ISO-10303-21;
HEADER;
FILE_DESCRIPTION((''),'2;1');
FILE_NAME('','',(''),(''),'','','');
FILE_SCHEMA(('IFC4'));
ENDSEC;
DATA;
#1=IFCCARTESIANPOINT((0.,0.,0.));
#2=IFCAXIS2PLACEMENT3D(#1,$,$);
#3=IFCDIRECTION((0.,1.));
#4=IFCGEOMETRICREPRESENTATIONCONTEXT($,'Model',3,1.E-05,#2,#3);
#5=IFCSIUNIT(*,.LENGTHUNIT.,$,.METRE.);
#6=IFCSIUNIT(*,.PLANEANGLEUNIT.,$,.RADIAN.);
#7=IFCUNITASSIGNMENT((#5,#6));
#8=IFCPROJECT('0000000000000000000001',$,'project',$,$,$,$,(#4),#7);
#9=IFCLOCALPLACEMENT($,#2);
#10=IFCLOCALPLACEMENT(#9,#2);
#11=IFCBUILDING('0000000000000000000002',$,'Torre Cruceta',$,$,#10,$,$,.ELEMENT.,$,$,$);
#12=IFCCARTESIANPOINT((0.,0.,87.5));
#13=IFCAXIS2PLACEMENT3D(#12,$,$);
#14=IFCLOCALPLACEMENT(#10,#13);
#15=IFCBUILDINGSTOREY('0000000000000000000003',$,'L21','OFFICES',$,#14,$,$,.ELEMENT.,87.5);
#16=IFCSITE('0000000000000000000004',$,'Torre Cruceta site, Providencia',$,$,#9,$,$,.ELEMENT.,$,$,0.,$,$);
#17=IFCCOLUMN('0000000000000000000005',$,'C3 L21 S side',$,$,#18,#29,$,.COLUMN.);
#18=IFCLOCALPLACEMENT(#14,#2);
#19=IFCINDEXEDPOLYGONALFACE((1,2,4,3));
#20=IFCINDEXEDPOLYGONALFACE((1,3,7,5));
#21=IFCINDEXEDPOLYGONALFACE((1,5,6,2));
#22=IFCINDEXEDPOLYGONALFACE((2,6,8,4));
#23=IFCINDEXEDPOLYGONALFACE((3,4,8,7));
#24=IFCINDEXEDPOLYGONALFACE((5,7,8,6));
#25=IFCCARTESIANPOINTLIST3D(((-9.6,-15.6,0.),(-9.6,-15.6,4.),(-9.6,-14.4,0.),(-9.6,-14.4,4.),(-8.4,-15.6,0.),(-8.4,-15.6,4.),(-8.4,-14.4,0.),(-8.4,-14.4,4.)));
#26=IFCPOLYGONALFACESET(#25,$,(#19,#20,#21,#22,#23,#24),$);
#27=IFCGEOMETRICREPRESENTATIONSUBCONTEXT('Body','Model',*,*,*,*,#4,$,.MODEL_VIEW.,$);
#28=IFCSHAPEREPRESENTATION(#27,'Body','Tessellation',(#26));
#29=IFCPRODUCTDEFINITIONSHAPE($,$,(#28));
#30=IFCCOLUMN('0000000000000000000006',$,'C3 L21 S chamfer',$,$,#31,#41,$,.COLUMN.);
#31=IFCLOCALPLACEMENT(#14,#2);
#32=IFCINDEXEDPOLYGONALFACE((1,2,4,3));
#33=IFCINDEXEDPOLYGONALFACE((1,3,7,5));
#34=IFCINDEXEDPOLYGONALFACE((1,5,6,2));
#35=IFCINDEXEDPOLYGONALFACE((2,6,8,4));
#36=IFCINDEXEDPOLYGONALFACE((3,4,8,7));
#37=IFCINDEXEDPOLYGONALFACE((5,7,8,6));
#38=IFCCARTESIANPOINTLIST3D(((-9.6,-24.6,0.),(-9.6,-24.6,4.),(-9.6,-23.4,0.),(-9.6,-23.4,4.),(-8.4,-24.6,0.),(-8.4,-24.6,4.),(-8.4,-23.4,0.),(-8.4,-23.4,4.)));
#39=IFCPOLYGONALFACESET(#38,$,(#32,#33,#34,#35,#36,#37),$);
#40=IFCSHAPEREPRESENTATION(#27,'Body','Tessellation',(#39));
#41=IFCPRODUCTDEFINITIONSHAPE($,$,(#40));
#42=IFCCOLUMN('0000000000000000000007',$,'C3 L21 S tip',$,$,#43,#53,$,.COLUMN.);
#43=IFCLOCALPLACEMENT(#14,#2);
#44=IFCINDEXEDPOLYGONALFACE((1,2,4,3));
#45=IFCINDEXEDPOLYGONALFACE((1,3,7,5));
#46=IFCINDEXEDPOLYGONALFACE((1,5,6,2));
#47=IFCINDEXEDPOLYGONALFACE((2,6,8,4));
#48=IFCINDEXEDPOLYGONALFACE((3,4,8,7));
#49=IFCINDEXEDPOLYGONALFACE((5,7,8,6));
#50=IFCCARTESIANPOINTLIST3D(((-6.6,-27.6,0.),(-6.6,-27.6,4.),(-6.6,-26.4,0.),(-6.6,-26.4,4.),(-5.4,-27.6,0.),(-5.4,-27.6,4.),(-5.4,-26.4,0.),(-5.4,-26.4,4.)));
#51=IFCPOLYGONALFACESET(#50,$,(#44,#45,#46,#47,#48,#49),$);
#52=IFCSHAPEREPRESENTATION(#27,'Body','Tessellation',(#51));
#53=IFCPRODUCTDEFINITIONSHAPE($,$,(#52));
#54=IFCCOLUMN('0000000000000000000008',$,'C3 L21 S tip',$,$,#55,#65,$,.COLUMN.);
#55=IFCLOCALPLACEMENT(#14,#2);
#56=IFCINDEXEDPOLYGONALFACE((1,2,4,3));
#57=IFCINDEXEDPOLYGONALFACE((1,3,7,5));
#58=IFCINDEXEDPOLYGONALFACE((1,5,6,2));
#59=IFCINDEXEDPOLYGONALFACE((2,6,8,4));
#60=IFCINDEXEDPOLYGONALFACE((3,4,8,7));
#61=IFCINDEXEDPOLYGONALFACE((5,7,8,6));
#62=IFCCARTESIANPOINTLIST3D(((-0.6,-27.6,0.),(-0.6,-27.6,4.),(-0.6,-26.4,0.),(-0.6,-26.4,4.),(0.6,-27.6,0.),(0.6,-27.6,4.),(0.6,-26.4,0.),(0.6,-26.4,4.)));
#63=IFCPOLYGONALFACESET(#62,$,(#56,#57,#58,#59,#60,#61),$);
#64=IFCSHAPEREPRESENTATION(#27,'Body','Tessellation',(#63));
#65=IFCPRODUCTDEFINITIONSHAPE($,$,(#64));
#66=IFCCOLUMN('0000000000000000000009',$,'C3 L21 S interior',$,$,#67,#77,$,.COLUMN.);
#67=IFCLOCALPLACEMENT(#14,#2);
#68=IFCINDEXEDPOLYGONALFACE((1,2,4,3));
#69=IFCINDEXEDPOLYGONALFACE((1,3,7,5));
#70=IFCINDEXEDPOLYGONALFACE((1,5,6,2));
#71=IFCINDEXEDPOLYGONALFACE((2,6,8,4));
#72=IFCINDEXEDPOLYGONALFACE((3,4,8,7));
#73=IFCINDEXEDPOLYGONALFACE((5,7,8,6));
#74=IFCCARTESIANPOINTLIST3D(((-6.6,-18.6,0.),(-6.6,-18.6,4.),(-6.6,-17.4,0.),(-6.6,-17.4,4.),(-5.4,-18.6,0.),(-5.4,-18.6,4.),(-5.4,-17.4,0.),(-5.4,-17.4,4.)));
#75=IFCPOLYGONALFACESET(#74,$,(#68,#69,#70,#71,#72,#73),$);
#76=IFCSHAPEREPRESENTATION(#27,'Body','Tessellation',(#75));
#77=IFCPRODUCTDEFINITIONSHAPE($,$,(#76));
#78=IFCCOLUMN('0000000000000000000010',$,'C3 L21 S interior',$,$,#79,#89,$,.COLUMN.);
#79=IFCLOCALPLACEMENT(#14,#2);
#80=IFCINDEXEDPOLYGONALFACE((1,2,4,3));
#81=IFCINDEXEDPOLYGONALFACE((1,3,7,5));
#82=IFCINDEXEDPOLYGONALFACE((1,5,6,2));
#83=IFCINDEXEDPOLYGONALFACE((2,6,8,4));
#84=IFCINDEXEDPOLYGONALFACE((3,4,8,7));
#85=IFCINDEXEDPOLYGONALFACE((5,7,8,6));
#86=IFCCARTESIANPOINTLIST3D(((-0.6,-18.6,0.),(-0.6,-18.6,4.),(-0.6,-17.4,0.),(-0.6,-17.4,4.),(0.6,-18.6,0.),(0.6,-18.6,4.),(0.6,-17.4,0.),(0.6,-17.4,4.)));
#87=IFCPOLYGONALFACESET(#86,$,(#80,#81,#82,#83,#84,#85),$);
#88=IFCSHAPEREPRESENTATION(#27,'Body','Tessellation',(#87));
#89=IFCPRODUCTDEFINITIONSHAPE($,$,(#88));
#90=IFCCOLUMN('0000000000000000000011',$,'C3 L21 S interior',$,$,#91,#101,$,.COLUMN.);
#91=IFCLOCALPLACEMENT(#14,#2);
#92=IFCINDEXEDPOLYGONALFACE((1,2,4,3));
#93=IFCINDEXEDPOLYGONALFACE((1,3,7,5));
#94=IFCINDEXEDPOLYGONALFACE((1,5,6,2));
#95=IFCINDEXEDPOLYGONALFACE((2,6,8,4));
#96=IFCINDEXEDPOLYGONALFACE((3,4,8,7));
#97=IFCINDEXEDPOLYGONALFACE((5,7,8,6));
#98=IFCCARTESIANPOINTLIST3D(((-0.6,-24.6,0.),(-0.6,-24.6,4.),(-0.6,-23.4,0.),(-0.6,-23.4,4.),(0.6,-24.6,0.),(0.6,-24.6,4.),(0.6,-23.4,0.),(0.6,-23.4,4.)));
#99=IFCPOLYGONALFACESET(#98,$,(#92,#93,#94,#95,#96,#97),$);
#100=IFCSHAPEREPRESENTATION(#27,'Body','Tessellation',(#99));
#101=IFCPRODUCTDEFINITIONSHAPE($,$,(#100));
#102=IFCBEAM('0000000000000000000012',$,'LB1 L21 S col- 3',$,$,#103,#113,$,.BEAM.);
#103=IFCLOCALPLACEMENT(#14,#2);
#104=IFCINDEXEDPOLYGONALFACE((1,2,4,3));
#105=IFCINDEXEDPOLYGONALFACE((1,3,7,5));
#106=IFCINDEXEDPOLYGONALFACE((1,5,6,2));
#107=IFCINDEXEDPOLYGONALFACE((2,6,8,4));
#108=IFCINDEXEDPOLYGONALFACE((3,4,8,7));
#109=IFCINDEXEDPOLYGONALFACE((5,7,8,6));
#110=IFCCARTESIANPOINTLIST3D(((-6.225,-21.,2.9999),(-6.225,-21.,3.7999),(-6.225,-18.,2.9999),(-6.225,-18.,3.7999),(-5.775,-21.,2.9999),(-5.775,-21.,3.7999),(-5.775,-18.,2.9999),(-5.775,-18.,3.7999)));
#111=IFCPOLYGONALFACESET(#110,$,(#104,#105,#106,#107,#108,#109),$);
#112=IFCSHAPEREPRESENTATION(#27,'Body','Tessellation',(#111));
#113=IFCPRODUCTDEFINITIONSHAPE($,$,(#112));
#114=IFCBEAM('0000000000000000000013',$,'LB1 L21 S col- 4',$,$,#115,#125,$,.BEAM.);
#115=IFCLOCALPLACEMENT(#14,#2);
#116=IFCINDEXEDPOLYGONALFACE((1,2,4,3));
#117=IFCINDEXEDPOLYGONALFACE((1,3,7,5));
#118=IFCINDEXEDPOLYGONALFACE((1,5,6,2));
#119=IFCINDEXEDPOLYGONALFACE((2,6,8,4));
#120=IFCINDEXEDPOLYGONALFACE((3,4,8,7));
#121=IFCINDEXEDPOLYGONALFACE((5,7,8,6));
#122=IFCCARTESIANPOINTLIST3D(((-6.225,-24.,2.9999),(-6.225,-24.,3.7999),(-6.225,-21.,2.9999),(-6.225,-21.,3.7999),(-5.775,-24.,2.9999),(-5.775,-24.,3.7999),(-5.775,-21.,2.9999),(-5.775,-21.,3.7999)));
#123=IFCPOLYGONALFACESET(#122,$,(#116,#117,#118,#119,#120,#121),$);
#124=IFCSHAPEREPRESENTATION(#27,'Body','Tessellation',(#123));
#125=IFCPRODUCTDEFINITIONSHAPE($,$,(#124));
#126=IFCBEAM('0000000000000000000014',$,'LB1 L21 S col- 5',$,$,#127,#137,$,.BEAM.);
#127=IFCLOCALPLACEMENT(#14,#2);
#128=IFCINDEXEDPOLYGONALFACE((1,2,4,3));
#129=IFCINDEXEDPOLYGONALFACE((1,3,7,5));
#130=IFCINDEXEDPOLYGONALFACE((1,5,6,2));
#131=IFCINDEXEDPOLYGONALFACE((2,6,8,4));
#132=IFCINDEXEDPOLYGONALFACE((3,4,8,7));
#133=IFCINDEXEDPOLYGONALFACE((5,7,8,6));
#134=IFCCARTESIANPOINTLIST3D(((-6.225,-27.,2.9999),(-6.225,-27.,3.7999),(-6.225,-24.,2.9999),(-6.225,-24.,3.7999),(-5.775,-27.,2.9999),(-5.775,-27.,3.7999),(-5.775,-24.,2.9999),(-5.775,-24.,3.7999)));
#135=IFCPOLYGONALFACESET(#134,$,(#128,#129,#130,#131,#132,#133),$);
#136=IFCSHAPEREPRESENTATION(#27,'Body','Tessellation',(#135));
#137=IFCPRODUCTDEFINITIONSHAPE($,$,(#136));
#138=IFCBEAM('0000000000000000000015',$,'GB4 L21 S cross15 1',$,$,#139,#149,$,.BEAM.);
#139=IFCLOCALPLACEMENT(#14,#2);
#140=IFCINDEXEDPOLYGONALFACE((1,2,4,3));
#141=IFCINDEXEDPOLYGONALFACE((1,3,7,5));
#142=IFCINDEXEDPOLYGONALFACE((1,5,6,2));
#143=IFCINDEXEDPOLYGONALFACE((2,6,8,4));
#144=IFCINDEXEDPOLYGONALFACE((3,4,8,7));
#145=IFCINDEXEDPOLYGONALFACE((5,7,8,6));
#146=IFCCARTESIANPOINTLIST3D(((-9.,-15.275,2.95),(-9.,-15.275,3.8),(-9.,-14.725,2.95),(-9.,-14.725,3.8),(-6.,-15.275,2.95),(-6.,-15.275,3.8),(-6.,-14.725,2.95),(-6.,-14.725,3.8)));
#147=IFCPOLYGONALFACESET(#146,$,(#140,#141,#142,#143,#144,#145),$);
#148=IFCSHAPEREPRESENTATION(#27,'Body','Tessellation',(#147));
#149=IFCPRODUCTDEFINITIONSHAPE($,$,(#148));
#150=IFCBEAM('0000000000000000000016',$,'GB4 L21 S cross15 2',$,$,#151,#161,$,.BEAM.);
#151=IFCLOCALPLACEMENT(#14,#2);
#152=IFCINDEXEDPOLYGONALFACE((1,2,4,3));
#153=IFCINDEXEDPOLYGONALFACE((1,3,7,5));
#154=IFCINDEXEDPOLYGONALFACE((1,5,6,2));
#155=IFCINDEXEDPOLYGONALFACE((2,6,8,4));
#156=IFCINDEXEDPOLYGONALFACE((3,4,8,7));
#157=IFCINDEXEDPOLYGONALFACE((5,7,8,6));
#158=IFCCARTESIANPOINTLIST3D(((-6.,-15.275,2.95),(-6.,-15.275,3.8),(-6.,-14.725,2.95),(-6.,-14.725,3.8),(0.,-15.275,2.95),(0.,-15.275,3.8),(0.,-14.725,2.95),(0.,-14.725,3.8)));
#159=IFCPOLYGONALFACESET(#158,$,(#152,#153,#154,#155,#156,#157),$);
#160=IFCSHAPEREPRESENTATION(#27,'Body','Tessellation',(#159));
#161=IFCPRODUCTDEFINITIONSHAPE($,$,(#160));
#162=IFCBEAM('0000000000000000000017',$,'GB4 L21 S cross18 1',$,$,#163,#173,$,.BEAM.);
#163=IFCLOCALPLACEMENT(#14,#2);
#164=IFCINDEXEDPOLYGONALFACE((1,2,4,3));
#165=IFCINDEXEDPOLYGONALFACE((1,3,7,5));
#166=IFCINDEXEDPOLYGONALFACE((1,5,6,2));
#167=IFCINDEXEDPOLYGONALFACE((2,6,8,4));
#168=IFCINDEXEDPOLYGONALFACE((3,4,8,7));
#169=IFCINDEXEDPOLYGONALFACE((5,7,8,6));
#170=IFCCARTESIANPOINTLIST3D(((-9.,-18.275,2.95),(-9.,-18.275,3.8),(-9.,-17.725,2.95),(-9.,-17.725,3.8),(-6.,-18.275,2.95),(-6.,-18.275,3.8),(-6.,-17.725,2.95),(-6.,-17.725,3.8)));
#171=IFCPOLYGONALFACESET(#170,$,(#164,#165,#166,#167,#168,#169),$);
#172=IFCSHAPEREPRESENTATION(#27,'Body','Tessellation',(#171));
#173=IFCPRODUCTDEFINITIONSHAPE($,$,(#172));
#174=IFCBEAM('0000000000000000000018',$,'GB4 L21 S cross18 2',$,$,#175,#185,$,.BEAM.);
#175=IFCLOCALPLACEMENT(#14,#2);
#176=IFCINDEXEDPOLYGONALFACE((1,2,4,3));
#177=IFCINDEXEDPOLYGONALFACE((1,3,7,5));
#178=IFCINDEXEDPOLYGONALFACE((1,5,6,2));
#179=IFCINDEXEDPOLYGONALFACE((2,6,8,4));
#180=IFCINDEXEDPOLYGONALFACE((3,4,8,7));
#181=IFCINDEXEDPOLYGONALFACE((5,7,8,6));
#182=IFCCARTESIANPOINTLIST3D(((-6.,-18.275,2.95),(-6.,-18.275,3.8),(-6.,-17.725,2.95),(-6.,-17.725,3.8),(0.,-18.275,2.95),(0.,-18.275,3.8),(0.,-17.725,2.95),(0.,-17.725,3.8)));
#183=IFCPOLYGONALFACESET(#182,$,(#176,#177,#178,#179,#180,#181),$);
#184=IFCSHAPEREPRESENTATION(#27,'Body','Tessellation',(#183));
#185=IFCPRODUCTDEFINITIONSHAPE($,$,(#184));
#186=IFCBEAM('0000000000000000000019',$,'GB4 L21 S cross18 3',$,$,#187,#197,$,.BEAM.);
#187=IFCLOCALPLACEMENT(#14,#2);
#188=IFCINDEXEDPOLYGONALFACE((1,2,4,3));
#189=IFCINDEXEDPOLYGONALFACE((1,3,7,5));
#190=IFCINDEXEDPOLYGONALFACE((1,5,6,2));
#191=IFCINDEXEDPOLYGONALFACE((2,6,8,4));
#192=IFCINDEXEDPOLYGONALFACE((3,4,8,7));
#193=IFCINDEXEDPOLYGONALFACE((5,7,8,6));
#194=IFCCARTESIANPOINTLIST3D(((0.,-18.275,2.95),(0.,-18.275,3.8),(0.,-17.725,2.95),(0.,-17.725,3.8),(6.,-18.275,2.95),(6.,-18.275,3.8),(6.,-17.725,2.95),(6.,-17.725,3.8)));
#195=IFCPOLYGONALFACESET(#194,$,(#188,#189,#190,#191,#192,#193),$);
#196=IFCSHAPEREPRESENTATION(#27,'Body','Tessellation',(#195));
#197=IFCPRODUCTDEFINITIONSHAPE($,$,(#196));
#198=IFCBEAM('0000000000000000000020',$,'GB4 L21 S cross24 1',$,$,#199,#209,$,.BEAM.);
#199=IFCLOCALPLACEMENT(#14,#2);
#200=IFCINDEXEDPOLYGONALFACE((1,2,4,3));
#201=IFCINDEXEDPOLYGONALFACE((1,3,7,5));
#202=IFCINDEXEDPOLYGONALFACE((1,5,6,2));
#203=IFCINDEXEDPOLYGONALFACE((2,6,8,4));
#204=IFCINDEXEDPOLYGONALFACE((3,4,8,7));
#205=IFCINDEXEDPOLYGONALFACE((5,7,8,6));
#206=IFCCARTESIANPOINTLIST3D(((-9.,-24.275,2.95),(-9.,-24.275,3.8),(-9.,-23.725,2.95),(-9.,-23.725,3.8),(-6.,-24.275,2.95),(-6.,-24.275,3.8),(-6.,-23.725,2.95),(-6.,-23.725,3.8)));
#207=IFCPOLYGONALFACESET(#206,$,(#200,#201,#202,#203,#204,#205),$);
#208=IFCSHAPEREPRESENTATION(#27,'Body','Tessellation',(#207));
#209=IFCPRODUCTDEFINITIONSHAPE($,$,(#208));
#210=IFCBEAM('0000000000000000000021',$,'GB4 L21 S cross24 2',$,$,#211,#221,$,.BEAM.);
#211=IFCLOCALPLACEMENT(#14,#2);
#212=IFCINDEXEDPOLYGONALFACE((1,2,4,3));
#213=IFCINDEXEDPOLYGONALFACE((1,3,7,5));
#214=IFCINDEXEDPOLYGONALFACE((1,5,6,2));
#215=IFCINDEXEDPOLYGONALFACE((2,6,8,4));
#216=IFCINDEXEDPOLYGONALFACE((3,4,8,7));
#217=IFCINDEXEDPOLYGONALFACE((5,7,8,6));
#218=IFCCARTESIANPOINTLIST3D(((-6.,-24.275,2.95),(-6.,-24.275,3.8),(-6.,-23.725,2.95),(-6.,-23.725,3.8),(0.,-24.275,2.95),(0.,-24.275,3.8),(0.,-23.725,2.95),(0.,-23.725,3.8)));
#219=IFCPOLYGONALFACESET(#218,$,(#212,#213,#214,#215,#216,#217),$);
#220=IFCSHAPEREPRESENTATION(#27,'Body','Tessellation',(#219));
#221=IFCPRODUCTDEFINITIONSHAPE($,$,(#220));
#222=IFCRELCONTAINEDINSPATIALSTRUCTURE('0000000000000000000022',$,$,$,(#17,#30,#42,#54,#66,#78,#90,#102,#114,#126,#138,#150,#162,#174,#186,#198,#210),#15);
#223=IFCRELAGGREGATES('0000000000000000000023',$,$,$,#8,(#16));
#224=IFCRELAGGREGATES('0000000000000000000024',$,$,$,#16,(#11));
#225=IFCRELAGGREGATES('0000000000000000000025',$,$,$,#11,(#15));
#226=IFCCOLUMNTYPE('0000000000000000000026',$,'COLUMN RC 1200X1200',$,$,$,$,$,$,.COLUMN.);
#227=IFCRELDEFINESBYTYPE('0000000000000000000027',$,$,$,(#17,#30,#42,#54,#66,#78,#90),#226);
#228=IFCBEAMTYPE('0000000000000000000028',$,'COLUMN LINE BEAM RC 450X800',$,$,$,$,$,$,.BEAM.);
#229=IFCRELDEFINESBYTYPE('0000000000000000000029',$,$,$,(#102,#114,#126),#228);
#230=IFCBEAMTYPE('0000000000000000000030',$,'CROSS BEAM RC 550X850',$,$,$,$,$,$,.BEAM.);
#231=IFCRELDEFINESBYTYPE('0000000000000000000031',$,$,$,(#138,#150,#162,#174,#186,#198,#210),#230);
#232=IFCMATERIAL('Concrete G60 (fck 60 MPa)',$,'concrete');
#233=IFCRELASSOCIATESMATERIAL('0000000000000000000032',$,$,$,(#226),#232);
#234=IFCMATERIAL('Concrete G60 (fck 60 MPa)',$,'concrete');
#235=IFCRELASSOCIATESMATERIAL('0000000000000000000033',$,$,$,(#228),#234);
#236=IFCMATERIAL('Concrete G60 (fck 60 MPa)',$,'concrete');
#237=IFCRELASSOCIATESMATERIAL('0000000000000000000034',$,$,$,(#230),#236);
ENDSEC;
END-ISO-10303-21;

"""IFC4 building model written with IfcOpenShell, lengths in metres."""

from ifc_helpers import new_model, si_unit, direction, frame, origin, origin_2d, place, context, subcontext, project, spatial, rectangle, extrude, material, material_profile, profile_set, type_object, element, save


model = new_model("IFC4")

# Units and contexts
model_context = context("Model", 3, precision=1e-05, world=origin(), true_north=direction((0.0, 1.0)))
body_context = subcontext(model_context, "Body", "Model", "MODEL_VIEW")
ifc_project = project(units=[si_unit("LENGTHUNIT", "METRE"), si_unit("PLANEANGLEUNIT", "RADIAN")], contexts=[model_context])

# Site, building, storey
site_placement = place(None, origin())
site = spatial("IfcSite", under=ifc_project, at=site_placement, Name="Torre Cruceta site, Providencia", CompositionType="ELEMENT", RefElevation=0.0)
building_placement = place(site_placement, origin())
building = spatial("IfcBuilding", under=site, at=building_placement, Name="Torre Cruceta", CompositionType="ELEMENT")
storey_placement = place(building_placement, frame((0.0, 0.0, 87.5)))
storey = spatial("IfcBuildingStorey", under=building, at=storey_placement, Name="L21", Description="OFFICES", CompositionType="ELEMENT", Elevation=87.5)

# Columns
ifc_material_1 = material(Name="Concrete G60 (fck 60 MPa)", Category="concrete")
ifc_material_profile_1 = material_profile(ifc_material_1, rectangle(XDim=1.2, YDim=1.2, at=origin_2d()), Name="RC 1200X1200")
ifc_profile_set_1 = profile_set([ifc_material_profile_1], Name="Concrete G60 (fck 60 MPa)")
column_type = type_object("IfcColumnType", Name="COLUMN RC 1200X1200", PredefinedType="COLUMN", material=ifc_profile_set_1)
for number, where, z_axis, x_axis, name in (
    (1, (-9.0, -15.0, 0.0), (0.0, 0.0, 1.0), (1.0, 0.0, 0.0), "C3 L21 S side"),
    (2, (-9.0, -24.0, 0.0), (0.0, 0.0, 1.0), (1.0, 0.0, 0.0), "C3 L21 S chamfer"),
    (3, (-6.0, -27.0, 0.0), (0.0, 0.0, 1.0), (1.0, 0.0, 0.0), "C3 L21 S tip"),
    (4, (0.0, -27.0, 0.0), (0.0, 0.0, 1.0), (1.0, 0.0, 0.0), "C3 L21 S tip"),
    (5, (-6.0, -18.0, 0.0), (0.0, 0.0, 1.0), (1.0, 0.0, 0.0), "C3 L21 S interior"),
    (6, (0.0, -18.0, 0.0), (0.0, 0.0, 1.0), (1.0, 0.0, 0.0), "C3 L21 S interior"),
    (7, (0.0, -24.0, 0.0), (0.0, 0.0, 1.0), (1.0, 0.0, 0.0), "C3 L21 S interior"),
):
    element("IfcColumn", number, at=place(storey_placement, frame(where, z_axis=z_axis, x_axis=x_axis)), inside=storey, type_object=column_type, Name=name, PredefinedType="COLUMN", context=body_context, shape_type="SweptSolid", body=[
        extrude(rectangle(XDim=1.2, YDim=1.2, at=origin_2d()), origin(), (0.0, 0.0, 1.0), 4.0),
    ])

# Beams
ifc_material_2 = material(Name="Concrete G60 (fck 60 MPa)", Category="concrete")
ifc_material_profile_2 = material_profile(ifc_material_2, rectangle(XDim=0.45, YDim=0.8, at=origin_2d()), Name="RC 450X800")
ifc_profile_set_2 = profile_set([ifc_material_profile_2], Name="Concrete G60 (fck 60 MPa)")
beam_type_1 = type_object("IfcBeamType", Name="COLUMN LINE BEAM RC 450X800", PredefinedType="BEAM", material=ifc_profile_set_2)
for number, where, z_axis, x_axis, name in (
    (8, (-6.0, -18.0, 3.3999), (0.0, -1.0, 0.0), (1.0, 0.0, 0.0), "LB1 L21 S col- 3"),
    (9, (-6.0, -21.0, 3.3999), (0.0, -1.0, 0.0), (1.0, 0.0, 0.0), "LB1 L21 S col- 4"),
    (10, (-6.0, -24.0, 3.3999), (0.0, -1.0, 0.0), (1.0, 0.0, 0.0), "LB1 L21 S col- 5"),
):
    element("IfcBeam", number, at=place(storey_placement, frame(where, z_axis=z_axis, x_axis=x_axis)), inside=storey, type_object=beam_type_1, Name=name, PredefinedType="BEAM", context=body_context, shape_type="SweptSolid", body=[
        extrude(rectangle(XDim=0.45, YDim=0.8, at=origin_2d()), origin(), (0.0, 0.0, 1.0), 3.0),
    ])
ifc_material_3 = material(Name="Concrete G60 (fck 60 MPa)", Category="concrete")
ifc_material_profile_3 = material_profile(ifc_material_3, rectangle(XDim=0.55, YDim=0.8501, at=origin_2d()), Name="RC 550X850")
ifc_profile_set_3 = profile_set([ifc_material_profile_3], Name="Concrete G60 (fck 60 MPa)")
beam_type_2 = type_object("IfcBeamType", Name="CROSS BEAM RC 550X850", PredefinedType="BEAM", material=ifc_profile_set_3)
beam_1_placement = place(storey_placement, frame((-9.0, -15.0, 3.375), z_axis=(1.0, 0.0, 0.0), x_axis=(0.0, 1.0, 0.0)))
element("IfcBeam", 11, at=beam_1_placement, inside=storey, type_object=beam_type_2, Name="GB4 L21 S cross15 1", PredefinedType="BEAM", context=body_context, shape_type="SweptSolid", body=[
    extrude(rectangle(XDim=0.55, YDim=0.8501, at=origin_2d()), origin(), (0.0, 0.0, 1.0), 3.0),
])
beam_2_placement = place(storey_placement, frame((-6.0, -15.0, 3.375), z_axis=(1.0, 0.0, 0.0), x_axis=(0.0, 1.0, 0.0)))
element("IfcBeam", 12, at=beam_2_placement, inside=storey, type_object=beam_type_2, Name="GB4 L21 S cross15 2", PredefinedType="BEAM", context=body_context, shape_type="SweptSolid", body=[
    extrude(rectangle(XDim=0.55, YDim=0.8501, at=origin_2d()), origin(), (0.0, 0.0, 1.0), 6.0),
])
beam_3_placement = place(storey_placement, frame((-9.0, -18.0, 3.375), z_axis=(1.0, 0.0, 0.0), x_axis=(0.0, 1.0, 0.0)))
element("IfcBeam", 13, at=beam_3_placement, inside=storey, type_object=beam_type_2, Name="GB4 L21 S cross18 1", PredefinedType="BEAM", context=body_context, shape_type="SweptSolid", body=[
    extrude(rectangle(XDim=0.55, YDim=0.8501, at=origin_2d()), origin(), (0.0, 0.0, 1.0), 3.0),
])
for number, where, z_axis, x_axis, name in (
    (14, (-6.0, -18.0, 3.375), (1.0, 0.0, 0.0), (0.0, 1.0, 0.0), "GB4 L21 S cross18 2"),
    (15, (0.0, -18.0, 3.375), (1.0, 0.0, 0.0), (0.0, 1.0, 0.0), "GB4 L21 S cross18 3"),
):
    element("IfcBeam", number, at=place(storey_placement, frame(where, z_axis=z_axis, x_axis=x_axis)), inside=storey, type_object=beam_type_2, Name=name, PredefinedType="BEAM", context=body_context, shape_type="SweptSolid", body=[
        extrude(rectangle(XDim=0.55, YDim=0.8501, at=origin_2d()), origin(), (0.0, 0.0, 1.0), 6.0),
    ])
beam_4_placement = place(storey_placement, frame((-9.0, -24.0, 3.375), z_axis=(1.0, 0.0, 0.0), x_axis=(0.0, 1.0, 0.0)))
element("IfcBeam", 16, at=beam_4_placement, inside=storey, type_object=beam_type_2, Name="GB4 L21 S cross24 1", PredefinedType="BEAM", context=body_context, shape_type="SweptSolid", body=[
    extrude(rectangle(XDim=0.55, YDim=0.8501, at=origin_2d()), origin(), (0.0, 0.0, 1.0), 3.0),
])
for number, where, z_axis, x_axis, name in (
    (17, (-6.0, -24.0, 3.375), (1.0, 0.0, 0.0), (0.0, 1.0, 0.0), "GB4 L21 S cross24 2"),
):
    element("IfcBeam", number, at=place(storey_placement, frame(where, z_axis=z_axis, x_axis=x_axis)), inside=storey, type_object=beam_type_2, Name=name, PredefinedType="BEAM", context=body_context, shape_type="SweptSolid", body=[
        extrude(rectangle(XDim=0.55, YDim=0.8501, at=origin_2d()), origin(), (0.0, 0.0, 1.0), 6.0),
    ])

save(model, "model.ifc")
